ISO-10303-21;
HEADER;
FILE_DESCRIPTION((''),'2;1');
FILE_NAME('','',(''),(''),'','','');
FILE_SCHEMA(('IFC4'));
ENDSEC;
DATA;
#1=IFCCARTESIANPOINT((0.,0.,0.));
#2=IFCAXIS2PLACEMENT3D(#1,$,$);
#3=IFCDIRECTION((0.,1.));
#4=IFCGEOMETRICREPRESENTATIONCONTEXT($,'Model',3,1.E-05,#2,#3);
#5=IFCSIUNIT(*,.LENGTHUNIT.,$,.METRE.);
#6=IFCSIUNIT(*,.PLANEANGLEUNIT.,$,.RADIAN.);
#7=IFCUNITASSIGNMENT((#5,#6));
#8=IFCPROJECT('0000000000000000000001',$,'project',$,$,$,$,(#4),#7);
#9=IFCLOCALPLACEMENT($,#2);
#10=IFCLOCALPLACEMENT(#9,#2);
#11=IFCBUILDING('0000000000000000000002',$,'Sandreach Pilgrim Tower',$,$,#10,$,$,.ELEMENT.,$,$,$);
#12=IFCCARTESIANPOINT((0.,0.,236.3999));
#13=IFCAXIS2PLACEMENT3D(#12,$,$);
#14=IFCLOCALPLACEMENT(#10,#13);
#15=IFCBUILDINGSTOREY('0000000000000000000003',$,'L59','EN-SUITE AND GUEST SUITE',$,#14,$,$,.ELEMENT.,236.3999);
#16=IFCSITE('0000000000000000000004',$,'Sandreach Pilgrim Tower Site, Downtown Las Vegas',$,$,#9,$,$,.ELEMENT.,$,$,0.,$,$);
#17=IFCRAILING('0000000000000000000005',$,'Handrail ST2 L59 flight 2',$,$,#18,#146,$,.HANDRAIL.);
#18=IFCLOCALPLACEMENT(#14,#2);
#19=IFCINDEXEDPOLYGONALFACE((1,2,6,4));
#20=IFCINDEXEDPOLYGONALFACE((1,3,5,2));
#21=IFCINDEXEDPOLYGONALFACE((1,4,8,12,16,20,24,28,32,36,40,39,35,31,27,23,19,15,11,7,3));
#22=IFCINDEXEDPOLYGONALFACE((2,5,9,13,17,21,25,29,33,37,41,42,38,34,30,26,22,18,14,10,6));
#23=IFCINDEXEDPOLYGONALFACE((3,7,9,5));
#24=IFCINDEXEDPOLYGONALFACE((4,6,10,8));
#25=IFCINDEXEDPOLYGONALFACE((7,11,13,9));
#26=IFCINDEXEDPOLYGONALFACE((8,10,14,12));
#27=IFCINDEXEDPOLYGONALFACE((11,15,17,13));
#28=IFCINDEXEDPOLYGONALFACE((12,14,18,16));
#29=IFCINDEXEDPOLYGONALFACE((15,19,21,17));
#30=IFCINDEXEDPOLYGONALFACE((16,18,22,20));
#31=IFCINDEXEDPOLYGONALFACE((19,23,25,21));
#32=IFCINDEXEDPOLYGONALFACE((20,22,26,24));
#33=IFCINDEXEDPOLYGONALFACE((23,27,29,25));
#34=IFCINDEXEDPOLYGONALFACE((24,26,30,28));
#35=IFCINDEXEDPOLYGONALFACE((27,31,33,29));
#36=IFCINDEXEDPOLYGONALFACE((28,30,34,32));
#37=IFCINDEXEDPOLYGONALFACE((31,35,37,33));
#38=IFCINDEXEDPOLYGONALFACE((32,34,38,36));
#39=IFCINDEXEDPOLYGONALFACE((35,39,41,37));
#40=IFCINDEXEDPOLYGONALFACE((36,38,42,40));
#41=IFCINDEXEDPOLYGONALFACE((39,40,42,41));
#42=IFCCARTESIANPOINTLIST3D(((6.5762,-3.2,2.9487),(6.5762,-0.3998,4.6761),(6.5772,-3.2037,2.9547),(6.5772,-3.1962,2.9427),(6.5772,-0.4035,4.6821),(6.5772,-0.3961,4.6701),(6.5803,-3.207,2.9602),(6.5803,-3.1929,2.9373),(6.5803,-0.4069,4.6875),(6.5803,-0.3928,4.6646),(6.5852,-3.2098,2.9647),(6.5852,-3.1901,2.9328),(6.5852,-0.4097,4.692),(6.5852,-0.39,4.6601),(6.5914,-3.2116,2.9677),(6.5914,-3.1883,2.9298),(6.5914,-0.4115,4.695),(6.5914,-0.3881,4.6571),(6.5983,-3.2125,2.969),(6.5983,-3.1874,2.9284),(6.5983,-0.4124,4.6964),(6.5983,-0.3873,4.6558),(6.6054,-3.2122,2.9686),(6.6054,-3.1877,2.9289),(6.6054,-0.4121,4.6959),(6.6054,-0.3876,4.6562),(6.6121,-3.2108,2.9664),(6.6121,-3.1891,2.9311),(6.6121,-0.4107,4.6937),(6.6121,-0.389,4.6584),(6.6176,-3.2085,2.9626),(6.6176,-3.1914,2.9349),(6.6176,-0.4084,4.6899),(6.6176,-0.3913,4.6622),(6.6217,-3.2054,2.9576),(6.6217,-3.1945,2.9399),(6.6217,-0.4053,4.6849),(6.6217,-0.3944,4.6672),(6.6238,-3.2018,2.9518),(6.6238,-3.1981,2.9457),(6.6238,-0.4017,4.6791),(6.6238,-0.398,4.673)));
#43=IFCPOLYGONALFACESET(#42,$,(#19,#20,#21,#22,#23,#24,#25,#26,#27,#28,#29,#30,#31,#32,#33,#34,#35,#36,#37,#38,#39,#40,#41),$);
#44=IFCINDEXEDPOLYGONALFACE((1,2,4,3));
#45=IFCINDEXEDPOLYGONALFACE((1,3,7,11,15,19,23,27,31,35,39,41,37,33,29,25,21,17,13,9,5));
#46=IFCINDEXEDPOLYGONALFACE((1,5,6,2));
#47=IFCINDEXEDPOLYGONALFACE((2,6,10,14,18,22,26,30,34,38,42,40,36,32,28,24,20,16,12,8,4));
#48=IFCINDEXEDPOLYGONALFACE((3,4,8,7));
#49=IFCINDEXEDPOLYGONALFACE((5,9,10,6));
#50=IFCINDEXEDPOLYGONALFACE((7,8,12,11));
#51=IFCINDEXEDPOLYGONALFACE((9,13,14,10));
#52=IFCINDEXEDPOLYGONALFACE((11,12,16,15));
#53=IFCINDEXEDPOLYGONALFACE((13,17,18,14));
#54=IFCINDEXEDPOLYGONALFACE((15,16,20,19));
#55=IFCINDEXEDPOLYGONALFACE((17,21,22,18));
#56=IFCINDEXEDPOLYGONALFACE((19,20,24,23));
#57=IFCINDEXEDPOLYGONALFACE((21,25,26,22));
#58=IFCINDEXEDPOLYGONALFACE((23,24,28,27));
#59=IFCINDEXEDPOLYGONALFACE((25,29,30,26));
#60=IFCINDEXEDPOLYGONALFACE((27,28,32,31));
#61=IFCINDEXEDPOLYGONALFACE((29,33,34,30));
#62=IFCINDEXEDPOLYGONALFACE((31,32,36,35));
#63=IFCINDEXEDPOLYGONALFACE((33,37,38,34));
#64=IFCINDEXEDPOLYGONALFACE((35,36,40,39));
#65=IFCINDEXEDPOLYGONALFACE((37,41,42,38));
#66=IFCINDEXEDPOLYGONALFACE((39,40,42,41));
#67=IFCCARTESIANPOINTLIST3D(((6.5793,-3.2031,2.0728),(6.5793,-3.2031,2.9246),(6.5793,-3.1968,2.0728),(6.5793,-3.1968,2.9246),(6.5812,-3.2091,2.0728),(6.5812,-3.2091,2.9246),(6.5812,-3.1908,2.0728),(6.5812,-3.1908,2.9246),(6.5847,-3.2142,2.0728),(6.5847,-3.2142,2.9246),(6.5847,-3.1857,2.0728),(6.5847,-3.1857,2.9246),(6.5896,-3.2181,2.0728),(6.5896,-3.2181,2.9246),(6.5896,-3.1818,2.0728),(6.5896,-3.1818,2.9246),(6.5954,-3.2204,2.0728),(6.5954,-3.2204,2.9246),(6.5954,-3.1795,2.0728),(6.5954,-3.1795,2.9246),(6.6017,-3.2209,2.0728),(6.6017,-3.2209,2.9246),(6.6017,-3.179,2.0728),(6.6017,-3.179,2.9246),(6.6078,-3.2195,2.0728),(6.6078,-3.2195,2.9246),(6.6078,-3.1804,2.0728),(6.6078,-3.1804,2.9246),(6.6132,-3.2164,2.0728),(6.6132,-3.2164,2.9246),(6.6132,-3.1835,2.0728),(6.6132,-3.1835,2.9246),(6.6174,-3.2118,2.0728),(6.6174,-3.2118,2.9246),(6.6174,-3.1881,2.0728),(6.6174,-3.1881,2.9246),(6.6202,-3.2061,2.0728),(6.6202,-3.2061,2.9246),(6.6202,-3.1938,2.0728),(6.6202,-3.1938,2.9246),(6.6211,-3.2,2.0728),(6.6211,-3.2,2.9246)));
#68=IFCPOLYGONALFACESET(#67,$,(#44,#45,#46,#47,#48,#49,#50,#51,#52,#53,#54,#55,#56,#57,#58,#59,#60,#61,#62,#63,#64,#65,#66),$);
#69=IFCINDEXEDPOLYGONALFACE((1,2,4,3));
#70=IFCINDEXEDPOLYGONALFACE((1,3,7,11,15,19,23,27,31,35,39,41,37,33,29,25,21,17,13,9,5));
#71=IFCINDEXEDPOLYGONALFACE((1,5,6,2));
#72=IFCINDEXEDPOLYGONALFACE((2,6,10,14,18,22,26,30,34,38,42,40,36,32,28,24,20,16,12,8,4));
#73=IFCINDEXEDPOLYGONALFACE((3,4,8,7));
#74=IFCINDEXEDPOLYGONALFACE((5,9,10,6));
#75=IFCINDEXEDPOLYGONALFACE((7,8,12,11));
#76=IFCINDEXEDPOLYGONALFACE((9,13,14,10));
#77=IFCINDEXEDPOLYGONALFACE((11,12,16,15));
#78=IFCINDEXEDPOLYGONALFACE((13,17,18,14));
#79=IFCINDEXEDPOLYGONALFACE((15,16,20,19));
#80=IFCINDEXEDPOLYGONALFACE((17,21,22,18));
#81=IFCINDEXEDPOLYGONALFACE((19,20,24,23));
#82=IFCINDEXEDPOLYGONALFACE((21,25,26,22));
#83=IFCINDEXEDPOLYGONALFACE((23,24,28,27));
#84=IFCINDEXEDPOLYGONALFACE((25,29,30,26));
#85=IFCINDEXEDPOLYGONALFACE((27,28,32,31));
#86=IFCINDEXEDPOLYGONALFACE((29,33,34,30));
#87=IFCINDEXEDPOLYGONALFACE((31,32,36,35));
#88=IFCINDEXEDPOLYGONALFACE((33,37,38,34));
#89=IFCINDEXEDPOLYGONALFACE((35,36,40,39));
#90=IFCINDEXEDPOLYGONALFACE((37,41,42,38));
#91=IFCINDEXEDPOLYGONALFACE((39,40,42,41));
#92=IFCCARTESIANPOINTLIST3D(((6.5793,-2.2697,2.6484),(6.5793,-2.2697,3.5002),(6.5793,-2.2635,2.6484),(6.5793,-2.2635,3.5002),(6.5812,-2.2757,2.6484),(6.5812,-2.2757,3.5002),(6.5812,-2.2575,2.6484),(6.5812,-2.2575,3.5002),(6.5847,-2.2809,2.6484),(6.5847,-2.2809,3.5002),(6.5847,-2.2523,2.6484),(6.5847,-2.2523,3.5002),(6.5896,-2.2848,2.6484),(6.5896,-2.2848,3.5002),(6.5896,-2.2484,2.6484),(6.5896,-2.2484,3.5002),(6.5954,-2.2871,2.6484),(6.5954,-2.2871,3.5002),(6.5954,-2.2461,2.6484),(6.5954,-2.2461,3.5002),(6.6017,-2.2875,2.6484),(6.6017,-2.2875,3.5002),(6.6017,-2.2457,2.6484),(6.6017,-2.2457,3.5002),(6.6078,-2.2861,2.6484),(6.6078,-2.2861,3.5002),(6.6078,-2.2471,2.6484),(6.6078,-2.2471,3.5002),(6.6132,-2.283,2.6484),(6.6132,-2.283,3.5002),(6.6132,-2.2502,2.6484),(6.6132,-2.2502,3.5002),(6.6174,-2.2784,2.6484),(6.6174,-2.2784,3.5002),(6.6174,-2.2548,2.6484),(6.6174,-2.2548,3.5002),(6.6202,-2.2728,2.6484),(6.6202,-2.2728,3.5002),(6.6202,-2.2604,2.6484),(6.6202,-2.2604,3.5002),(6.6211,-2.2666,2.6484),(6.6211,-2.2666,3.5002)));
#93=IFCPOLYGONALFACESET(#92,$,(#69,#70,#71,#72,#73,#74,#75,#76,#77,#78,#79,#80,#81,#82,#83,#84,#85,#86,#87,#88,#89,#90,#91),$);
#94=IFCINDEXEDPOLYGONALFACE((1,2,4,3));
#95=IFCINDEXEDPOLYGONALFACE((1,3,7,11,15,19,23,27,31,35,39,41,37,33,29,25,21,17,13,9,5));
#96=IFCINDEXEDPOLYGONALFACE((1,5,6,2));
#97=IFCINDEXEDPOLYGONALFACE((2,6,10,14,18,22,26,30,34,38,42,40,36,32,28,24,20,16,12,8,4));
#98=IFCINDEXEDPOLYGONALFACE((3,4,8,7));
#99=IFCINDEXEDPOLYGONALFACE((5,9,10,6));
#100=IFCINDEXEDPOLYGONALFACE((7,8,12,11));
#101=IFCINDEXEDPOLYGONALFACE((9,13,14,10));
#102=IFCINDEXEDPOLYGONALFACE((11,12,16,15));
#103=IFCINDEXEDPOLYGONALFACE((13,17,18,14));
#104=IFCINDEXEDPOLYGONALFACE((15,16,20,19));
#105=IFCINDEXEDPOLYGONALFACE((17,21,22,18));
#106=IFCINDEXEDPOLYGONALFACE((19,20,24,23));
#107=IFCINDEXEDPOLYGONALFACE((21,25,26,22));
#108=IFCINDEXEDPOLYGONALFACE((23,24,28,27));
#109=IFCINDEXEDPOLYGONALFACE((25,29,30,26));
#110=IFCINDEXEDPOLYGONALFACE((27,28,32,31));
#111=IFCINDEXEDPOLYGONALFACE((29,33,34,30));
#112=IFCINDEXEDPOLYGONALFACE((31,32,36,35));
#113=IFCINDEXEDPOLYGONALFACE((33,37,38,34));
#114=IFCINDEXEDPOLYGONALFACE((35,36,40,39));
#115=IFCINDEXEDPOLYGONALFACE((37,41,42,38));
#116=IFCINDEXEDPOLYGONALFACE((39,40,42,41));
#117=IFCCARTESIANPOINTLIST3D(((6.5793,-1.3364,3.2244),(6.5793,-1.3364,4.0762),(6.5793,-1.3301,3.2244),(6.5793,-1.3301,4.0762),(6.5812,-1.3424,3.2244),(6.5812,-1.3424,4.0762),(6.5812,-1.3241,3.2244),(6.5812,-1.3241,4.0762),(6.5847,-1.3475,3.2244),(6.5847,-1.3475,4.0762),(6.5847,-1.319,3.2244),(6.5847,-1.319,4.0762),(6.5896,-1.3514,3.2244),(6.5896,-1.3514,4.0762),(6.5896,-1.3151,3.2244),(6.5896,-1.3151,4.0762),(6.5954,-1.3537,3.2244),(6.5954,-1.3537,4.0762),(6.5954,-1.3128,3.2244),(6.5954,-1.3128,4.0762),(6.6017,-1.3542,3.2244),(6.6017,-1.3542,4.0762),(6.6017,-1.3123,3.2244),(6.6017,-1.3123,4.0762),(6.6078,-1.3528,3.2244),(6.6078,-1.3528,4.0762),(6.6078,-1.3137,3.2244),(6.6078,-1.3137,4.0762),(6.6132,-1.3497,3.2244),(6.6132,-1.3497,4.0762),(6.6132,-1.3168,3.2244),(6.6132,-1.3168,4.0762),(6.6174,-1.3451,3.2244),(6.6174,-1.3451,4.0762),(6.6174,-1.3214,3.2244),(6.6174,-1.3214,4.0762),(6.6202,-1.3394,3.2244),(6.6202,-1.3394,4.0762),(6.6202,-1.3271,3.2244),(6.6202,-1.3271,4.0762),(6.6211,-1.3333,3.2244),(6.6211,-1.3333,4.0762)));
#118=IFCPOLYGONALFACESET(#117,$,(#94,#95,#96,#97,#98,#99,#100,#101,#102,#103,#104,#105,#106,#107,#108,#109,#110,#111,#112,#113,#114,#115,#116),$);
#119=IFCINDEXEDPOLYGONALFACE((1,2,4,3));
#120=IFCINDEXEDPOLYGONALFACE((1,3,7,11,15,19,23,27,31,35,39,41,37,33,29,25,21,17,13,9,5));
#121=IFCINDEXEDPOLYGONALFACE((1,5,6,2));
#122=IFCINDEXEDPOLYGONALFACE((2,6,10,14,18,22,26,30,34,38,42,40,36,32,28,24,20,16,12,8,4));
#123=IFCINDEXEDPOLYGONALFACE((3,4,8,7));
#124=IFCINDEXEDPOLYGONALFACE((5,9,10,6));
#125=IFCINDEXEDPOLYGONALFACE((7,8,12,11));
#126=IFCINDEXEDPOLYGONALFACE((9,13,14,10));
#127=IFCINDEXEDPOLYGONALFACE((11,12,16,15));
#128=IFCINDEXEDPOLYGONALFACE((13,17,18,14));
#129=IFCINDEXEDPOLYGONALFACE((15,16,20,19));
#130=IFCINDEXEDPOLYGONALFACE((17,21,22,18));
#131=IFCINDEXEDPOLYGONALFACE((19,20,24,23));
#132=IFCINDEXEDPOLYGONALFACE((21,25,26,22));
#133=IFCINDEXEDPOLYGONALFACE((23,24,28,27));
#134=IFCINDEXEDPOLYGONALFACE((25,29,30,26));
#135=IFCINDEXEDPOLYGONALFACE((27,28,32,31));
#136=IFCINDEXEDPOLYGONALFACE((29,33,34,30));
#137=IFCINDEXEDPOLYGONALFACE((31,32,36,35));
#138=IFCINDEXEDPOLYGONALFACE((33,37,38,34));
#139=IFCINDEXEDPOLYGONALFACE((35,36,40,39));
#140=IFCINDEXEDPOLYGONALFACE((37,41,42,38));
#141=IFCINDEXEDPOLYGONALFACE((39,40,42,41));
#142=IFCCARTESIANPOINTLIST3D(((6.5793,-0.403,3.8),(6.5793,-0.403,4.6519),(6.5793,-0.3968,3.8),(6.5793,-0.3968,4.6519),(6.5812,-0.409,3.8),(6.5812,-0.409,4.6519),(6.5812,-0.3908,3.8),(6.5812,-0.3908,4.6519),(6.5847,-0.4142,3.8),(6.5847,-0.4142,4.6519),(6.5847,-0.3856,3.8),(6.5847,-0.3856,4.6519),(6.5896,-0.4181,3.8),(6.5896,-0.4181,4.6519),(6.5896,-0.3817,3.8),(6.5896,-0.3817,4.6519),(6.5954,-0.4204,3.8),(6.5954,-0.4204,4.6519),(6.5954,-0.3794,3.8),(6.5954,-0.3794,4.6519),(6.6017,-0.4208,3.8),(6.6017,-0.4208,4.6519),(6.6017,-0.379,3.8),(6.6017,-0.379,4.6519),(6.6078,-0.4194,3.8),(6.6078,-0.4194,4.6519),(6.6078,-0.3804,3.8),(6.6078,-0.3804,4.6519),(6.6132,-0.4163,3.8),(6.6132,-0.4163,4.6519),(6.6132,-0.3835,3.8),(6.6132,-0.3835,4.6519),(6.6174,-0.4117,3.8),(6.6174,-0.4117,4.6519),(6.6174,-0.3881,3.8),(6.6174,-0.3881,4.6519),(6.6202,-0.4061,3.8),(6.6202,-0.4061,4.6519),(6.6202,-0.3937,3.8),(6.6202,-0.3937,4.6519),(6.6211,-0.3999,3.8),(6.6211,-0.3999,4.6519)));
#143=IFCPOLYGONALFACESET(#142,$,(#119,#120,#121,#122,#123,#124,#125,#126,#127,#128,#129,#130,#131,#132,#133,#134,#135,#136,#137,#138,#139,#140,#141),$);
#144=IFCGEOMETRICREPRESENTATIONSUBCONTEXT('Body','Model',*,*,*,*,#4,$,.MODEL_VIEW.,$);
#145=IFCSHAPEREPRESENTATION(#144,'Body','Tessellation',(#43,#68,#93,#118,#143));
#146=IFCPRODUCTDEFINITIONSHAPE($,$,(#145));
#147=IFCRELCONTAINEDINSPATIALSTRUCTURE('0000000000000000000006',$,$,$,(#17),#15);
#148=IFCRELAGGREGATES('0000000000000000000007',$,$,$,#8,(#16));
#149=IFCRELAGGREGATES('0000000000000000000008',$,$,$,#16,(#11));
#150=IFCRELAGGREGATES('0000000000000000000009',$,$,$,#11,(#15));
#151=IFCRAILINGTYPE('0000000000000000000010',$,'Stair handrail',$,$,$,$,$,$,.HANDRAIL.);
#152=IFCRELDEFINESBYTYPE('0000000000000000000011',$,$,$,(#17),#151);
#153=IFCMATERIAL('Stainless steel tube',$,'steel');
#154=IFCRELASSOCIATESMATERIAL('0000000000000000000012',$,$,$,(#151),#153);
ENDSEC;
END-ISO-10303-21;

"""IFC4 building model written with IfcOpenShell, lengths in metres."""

from ifc_helpers import new_model, si_unit, direction, frame, origin, origin_2d, place, context, subcontext, project, spatial, circle, extrude, material, type_object, element, save


model = new_model("IFC4")

# Units and contexts
model_context = context("Model", 3, precision=1e-05, world=origin(), true_north=direction((0.0, 1.0)))
body_context = subcontext(model_context, "Body", "Model", "MODEL_VIEW")
ifc_project = project(units=[si_unit("LENGTHUNIT", "METRE"), si_unit("PLANEANGLEUNIT", "RADIAN")], contexts=[model_context])

# Site, building, storey
site_placement = place(None, origin())
site = spatial("IfcSite", under=ifc_project, at=site_placement, Name="Sandreach Pilgrim Tower Site, Downtown Las Vegas", CompositionType="ELEMENT", RefElevation=0.0)
building_placement = place(site_placement, origin())
building = spatial("IfcBuilding", under=site, at=building_placement, Name="Sandreach Pilgrim Tower", CompositionType="ELEMENT")
storey_placement = place(building_placement, frame((0.0, 0.0, 236.3999)))
storey = spatial("IfcBuildingStorey", under=building, at=storey_placement, Name="L59", Description="EN-SUITE AND GUEST SUITE", CompositionType="ELEMENT", Elevation=236.3999)

# Railing
ifc_material_1 = material(Name="Stainless steel tube", Category="steel")
railing_type = type_object("IfcRailingType", Name="Stair handrail", PredefinedType="HANDRAIL", material=ifc_material_1)
for number, where, name in (
    (1, (6.6001, -3.2, 2.0728), "Handrail ST2 L59 flight 2"),
):
    element("IfcRailing", number, at=place(storey_placement, frame(where)), inside=storey, type_object=railing_type, Name=name, PredefinedType="HANDRAIL", context=body_context, shape_type="SweptSolid", body=[
        extrude(circle(Radius=0.0239, at=origin_2d()), frame((0.0, 0.0, 0.876), z_axis=(0.0, 0.85109, 0.52502), x_axis=(-1.0, 0.0, 0.0)), (0.0, 0.0, 1.0), 3.29),
        extrude(circle(Radius=0.021, at=origin_2d()), origin(), (0.0, 0.0, 1.0), 0.8518),
        extrude(circle(Radius=0.021, at=origin_2d()), frame((0.0, 0.9333, 0.5757)), (0.0, 0.0, 1.0), 0.8518),
        extrude(circle(Radius=0.021, at=origin_2d()), frame((0.0, 1.8667, 1.1516)), (0.0, 0.0, 1.0), 0.8518),
        extrude(circle(Radius=0.021, at=origin_2d()), frame((0.0, 2.8, 1.7273)), (0.0, 0.0, 1.0), 0.8518),
    ])

save(model, "model.ifc")
